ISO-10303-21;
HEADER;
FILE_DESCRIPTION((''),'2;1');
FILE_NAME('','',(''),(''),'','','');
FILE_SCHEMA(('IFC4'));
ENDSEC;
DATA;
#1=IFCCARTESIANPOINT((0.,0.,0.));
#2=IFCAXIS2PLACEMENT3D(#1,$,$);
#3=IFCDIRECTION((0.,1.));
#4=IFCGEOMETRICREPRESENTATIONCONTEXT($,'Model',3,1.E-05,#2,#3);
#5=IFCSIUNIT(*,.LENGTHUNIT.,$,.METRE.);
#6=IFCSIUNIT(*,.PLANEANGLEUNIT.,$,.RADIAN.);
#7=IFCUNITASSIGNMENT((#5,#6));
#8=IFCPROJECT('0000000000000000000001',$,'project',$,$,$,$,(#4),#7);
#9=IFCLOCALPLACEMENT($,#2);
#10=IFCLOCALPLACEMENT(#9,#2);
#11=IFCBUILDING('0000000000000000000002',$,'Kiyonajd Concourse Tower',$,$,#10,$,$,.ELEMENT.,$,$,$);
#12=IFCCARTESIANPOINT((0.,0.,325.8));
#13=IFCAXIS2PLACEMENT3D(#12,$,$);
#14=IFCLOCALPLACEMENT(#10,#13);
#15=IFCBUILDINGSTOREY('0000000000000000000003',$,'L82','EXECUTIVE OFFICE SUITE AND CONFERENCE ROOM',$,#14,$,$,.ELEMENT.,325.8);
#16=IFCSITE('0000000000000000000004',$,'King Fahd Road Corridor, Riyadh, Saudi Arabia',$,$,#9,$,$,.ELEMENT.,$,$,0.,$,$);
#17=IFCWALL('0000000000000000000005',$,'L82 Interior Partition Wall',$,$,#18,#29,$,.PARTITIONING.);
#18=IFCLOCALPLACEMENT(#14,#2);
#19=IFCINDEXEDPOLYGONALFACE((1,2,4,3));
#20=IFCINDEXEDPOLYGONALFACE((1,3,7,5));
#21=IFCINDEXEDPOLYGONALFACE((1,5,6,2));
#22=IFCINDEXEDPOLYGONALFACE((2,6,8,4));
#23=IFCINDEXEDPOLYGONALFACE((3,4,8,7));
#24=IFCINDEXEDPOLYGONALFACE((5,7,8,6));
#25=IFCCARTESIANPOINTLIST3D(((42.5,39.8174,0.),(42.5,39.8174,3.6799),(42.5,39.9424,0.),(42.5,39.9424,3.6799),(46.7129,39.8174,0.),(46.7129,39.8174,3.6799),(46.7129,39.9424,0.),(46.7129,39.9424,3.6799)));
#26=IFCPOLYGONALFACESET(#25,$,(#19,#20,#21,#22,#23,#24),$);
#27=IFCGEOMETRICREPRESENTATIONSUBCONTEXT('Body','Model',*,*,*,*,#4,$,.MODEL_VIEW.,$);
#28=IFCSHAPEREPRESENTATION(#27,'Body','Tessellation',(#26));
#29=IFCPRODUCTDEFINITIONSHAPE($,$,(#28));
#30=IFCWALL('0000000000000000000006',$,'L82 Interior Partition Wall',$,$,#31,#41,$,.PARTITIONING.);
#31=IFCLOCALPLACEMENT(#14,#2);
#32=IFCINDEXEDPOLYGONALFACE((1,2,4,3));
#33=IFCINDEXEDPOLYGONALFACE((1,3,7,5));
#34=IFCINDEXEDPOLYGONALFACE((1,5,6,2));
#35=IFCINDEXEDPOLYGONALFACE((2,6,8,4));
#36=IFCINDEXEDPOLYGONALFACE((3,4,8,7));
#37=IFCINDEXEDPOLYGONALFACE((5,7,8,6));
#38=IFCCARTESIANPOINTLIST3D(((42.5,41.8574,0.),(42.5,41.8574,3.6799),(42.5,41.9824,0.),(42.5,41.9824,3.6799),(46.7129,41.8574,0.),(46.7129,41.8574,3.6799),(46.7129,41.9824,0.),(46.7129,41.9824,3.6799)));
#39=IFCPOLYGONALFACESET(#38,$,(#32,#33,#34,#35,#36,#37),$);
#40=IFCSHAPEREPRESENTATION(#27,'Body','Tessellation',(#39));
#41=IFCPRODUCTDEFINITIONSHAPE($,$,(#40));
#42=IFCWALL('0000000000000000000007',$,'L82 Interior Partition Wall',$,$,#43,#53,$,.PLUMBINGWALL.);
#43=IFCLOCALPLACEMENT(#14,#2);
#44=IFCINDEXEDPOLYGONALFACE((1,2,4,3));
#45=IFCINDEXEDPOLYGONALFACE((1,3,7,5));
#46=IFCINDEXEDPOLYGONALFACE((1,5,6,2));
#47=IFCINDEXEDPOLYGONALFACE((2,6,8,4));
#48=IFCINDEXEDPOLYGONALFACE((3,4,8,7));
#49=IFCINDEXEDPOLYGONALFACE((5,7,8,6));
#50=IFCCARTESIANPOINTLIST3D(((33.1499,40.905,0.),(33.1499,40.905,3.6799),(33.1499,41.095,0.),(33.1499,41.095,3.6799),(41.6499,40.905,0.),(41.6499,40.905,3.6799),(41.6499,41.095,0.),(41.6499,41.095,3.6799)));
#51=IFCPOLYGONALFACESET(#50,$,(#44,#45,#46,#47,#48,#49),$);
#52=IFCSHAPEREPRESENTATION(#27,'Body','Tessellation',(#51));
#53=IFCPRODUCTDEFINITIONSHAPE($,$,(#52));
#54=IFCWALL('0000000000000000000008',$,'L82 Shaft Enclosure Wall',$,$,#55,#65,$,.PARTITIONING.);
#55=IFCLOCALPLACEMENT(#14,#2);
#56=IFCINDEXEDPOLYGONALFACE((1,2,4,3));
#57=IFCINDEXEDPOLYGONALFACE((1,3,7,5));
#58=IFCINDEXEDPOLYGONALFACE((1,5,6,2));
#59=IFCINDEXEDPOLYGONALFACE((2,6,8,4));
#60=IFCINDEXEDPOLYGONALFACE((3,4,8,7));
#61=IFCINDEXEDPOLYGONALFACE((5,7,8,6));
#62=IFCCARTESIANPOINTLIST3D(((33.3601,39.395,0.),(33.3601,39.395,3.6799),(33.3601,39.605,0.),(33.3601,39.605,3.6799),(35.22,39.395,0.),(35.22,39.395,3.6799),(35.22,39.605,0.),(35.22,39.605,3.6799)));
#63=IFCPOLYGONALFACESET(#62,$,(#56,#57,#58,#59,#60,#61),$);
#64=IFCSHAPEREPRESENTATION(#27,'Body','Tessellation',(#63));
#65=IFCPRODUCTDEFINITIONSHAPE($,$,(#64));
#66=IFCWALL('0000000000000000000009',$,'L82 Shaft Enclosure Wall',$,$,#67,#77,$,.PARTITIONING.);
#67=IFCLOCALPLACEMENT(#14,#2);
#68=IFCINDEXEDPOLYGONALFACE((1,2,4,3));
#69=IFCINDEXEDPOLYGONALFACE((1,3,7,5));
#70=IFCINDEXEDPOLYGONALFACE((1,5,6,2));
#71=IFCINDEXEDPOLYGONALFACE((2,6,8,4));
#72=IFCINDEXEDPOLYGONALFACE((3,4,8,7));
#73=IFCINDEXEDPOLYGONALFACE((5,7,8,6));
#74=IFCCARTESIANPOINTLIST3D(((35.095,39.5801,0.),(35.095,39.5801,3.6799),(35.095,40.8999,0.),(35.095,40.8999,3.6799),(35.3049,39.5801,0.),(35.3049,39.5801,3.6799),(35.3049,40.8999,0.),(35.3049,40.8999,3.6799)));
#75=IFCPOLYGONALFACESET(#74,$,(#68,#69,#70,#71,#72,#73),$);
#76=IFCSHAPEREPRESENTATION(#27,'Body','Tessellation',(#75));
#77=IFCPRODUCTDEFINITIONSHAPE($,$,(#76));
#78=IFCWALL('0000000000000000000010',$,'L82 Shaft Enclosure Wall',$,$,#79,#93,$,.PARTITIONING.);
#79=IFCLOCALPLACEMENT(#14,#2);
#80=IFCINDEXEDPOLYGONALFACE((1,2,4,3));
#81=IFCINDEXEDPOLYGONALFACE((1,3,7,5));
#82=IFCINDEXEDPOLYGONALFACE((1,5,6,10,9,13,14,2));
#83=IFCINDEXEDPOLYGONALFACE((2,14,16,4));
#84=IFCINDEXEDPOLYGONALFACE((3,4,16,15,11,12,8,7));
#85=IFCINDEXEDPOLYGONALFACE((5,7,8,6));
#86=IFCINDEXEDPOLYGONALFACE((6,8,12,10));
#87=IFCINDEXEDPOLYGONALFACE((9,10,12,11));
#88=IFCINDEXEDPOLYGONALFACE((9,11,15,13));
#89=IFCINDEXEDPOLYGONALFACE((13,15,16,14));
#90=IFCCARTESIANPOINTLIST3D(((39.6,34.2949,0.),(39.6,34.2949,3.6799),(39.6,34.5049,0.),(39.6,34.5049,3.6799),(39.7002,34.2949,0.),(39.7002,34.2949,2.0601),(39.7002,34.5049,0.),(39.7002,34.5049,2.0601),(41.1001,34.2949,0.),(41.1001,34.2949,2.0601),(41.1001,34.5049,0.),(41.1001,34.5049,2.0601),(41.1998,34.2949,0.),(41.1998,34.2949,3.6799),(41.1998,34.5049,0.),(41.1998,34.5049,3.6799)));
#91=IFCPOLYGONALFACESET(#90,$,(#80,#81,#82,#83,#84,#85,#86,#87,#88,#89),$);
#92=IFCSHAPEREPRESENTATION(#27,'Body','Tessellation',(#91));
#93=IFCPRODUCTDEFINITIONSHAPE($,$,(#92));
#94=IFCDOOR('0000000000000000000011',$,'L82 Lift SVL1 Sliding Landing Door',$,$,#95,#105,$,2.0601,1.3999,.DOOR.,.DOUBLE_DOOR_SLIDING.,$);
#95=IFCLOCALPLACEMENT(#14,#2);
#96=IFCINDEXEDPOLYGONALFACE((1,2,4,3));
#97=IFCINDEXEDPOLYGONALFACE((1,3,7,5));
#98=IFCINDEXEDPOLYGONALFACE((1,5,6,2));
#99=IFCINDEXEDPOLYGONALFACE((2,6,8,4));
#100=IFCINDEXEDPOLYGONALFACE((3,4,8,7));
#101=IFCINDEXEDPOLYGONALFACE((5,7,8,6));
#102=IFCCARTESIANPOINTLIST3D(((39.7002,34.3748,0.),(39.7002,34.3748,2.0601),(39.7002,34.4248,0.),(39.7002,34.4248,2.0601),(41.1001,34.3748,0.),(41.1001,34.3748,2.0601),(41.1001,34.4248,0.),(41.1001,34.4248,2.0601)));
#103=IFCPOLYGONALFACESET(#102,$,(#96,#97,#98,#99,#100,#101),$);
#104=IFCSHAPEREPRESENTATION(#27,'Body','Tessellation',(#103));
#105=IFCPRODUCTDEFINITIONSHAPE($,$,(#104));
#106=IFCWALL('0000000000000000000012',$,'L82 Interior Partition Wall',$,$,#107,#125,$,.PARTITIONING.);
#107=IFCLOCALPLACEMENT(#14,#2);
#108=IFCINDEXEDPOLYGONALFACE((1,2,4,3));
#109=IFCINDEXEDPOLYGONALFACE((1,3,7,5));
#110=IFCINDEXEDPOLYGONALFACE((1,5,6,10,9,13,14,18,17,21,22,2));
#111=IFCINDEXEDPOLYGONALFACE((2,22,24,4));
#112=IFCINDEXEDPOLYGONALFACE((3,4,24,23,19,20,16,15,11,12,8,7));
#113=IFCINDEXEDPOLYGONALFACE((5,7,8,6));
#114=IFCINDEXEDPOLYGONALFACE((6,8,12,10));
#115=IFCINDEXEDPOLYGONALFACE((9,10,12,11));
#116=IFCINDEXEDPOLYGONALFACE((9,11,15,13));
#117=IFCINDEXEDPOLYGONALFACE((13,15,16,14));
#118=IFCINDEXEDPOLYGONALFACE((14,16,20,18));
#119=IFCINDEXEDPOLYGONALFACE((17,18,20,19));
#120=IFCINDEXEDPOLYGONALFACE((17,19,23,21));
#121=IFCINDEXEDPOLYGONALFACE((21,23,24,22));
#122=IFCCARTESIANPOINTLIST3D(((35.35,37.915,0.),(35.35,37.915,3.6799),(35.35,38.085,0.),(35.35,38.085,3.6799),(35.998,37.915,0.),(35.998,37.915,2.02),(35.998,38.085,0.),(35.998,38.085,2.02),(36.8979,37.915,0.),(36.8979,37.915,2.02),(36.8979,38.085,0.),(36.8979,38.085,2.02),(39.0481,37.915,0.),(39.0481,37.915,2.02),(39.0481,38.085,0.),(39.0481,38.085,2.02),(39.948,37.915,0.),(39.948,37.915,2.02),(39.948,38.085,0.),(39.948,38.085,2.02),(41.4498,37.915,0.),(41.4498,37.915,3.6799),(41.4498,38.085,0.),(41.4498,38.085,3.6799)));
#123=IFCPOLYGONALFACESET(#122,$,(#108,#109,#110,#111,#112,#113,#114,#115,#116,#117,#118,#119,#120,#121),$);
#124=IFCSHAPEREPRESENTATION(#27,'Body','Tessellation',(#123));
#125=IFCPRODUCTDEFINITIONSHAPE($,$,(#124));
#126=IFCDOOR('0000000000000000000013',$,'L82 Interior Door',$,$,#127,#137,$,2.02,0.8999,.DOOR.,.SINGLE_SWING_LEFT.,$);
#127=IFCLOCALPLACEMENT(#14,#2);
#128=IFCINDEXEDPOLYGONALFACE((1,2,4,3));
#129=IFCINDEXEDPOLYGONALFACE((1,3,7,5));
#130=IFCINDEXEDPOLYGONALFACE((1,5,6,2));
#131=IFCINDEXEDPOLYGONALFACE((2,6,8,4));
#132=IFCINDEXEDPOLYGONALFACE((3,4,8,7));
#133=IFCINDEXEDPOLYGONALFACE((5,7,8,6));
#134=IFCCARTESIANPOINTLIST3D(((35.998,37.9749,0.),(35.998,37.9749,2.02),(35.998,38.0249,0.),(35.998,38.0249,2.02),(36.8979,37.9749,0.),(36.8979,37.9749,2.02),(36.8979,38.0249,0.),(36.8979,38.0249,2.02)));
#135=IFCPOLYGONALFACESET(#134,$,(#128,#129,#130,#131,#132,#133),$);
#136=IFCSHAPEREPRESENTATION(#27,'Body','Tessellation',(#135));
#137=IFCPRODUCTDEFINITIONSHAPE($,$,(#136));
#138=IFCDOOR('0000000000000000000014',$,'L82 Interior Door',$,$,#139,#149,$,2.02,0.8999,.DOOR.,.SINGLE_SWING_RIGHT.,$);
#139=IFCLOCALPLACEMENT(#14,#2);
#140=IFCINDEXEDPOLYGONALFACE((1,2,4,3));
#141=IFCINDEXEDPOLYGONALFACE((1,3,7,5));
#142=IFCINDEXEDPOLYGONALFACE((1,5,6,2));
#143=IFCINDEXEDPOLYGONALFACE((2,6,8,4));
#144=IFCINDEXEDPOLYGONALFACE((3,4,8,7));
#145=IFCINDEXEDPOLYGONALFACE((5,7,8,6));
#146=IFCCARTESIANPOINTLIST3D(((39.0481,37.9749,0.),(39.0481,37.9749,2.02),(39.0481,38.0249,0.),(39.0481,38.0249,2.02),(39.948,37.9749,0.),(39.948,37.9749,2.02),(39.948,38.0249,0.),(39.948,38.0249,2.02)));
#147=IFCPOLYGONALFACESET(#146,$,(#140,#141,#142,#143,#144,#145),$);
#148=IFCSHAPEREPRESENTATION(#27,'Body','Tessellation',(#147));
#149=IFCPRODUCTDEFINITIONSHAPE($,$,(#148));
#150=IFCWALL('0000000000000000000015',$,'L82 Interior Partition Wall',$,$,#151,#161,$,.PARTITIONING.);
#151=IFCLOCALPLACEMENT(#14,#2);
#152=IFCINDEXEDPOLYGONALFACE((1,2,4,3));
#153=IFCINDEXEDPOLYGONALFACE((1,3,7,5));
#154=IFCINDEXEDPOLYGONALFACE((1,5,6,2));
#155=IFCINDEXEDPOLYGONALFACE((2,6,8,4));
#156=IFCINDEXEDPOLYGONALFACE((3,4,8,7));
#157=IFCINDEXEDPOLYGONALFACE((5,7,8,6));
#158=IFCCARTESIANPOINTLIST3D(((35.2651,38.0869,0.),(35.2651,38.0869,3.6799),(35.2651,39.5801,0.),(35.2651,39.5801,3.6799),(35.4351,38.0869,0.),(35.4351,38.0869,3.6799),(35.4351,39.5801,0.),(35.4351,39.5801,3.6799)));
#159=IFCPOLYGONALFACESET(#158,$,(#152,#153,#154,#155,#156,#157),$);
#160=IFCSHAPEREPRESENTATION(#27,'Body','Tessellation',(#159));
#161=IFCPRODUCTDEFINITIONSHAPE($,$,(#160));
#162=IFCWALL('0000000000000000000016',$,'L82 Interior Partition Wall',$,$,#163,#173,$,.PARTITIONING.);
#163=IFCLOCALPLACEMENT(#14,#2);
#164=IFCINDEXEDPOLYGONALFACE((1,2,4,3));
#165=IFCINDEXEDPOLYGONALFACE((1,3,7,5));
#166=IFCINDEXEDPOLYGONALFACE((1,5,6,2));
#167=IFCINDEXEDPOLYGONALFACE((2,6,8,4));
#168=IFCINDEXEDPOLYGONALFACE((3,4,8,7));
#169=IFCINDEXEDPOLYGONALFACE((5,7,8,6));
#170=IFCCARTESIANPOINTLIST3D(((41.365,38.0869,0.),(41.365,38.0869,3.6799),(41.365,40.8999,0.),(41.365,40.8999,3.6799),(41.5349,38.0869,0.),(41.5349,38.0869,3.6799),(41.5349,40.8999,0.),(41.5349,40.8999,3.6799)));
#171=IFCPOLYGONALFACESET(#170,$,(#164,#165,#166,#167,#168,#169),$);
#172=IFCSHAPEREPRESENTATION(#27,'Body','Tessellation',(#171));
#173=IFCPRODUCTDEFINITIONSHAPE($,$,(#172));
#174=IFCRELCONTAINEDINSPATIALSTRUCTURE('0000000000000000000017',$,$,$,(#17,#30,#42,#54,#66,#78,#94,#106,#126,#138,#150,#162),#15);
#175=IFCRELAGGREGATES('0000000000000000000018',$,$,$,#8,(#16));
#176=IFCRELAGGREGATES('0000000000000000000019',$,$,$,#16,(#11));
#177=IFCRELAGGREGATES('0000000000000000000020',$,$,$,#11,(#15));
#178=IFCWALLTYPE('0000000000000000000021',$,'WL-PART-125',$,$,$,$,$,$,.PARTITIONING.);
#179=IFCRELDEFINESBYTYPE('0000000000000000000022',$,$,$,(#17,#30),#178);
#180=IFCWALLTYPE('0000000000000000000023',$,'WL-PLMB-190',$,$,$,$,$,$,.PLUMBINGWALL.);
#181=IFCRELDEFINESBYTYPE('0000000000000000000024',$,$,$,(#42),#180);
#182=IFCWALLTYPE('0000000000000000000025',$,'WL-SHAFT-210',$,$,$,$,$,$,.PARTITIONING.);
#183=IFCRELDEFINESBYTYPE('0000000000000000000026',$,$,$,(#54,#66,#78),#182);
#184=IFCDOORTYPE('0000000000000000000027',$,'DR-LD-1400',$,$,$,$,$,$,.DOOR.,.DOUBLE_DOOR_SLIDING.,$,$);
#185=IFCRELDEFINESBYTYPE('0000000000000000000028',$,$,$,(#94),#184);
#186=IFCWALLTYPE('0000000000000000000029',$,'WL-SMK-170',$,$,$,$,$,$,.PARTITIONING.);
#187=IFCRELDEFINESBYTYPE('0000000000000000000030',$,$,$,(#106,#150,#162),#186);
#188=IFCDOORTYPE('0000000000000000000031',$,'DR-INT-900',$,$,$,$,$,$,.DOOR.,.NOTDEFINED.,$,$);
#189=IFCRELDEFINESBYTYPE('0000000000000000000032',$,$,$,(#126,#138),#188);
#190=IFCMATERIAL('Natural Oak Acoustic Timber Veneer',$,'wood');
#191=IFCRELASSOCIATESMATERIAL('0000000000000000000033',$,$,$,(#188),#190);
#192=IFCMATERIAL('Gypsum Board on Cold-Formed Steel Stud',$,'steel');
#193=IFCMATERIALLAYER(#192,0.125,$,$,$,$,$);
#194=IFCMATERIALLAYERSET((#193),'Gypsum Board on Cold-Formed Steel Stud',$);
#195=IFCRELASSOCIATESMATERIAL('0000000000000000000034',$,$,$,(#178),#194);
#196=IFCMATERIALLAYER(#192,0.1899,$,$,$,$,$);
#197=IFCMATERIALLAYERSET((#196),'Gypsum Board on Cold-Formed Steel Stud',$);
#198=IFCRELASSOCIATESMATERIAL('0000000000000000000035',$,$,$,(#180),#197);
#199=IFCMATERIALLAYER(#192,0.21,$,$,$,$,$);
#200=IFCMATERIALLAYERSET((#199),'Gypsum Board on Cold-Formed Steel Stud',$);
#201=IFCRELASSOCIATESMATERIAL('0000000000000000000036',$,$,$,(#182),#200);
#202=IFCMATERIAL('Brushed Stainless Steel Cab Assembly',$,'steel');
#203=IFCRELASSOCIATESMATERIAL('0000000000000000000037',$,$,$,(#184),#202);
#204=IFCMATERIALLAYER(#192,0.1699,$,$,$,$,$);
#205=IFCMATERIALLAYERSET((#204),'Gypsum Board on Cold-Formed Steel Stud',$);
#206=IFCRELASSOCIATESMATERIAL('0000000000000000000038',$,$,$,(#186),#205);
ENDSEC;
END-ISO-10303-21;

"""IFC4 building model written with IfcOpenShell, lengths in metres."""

from ifc_helpers import new_model, si_unit, direction, frame, frame_2d, origin, place, context, subcontext, project, spatial, rectangle, extrude, material, layer, layer_set, type_object, element, fill, save


model = new_model("IFC4")

# Units and contexts
model_context = context("Model", 3, precision=1e-05, world=origin(), true_north=direction((0.0, 1.0)))
body_context = subcontext(model_context, "Body", "Model", "MODEL_VIEW")
ifc_project = project(units=[si_unit("LENGTHUNIT", "METRE"), si_unit("PLANEANGLEUNIT", "RADIAN")], contexts=[model_context])

# Site, building, storey
site_placement = place(None, origin())
site = spatial("IfcSite", under=ifc_project, at=site_placement, Name="King Fahd Road Corridor, Riyadh, Saudi Arabia", CompositionType="ELEMENT", RefElevation=0.0)
building_placement = place(site_placement, origin())
building = spatial("IfcBuilding", under=site, at=building_placement, Name="Kiyonajd Concourse Tower", CompositionType="ELEMENT")
storey_placement = place(building_placement, frame((0.0, 0.0, 325.8)))
storey = spatial("IfcBuildingStorey", under=building, at=storey_placement, Name="L82", Description="EXECUTIVE OFFICE SUITE AND CONFERENCE ROOM", CompositionType="ELEMENT", Elevation=325.8)

# Shared definitions
ifc_material_1 = material(Name="Natural Oak Acoustic Timber Veneer", Category="wood")
door_type_1 = type_object("IfcDoorType", Name="DR-INT-900", OperationType="NOTDEFINED", PredefinedType="DOOR", material=ifc_material_1)

# Walls
ifc_material_2 = material(Name="Gypsum Board on Cold-Formed Steel Stud", Category="steel")
ifc_layer_1 = layer(ifc_material_2, 0.125)
ifc_layer_set_1 = layer_set([ifc_layer_1], Name="Gypsum Board on Cold-Formed Steel Stud")
wall_type_1 = type_object("IfcWallType", Name="WL-PART-125", PredefinedType="PARTITIONING", material=ifc_layer_set_1)
for number, where, z_axis, x_axis, name in (
    (1, (42.5, 39.8799, 0.0), (0.0, 0.0, 1.0), (1.0, 0.0, 0.0), "L82 Interior Partition Wall"),
    (2, (42.5, 41.9199, 0.0), (0.0, 0.0, 1.0), (1.0, 0.0, 0.0), "L82 Interior Partition Wall"),
):
    element("IfcWall", number, at=place(storey_placement, frame(where, z_axis=z_axis, x_axis=x_axis)), inside=storey, type_object=wall_type_1, Name=name, PredefinedType="PARTITIONING", context=body_context, shape_type="SweptSolid", body=[
        extrude(rectangle(XDim=4.2129, YDim=0.125, at=frame_2d((2.1064, 0.0))), origin(), (0.0, 0.0, 1.0), 3.6799),
    ])
ifc_layer_2 = layer(ifc_material_2, 0.1899)
ifc_layer_set_2 = layer_set([ifc_layer_2], Name="Gypsum Board on Cold-Formed Steel Stud")
wall_type_2 = type_object("IfcWallType", Name="WL-PLMB-190", PredefinedType="PLUMBINGWALL", material=ifc_layer_set_2)
wall_1_placement = place(storey_placement, frame((33.1499, 41.0, 0.0), z_axis=(0.0, 0.0, 1.0), x_axis=(1.0, 0.0, 0.0)))
element("IfcWall", 3, at=wall_1_placement, inside=storey, type_object=wall_type_2, Name="L82 Interior Partition Wall", PredefinedType="PLUMBINGWALL", context=body_context, shape_type="SweptSolid", body=[
    extrude(rectangle(XDim=8.5, YDim=0.1899, at=frame_2d((4.25, 0.0))), origin(), (0.0, 0.0, 1.0), 3.6799),
])
ifc_layer_3 = layer(ifc_material_2, 0.21)
ifc_layer_set_3 = layer_set([ifc_layer_3], Name="Gypsum Board on Cold-Formed Steel Stud")
wall_type_3 = type_object("IfcWallType", Name="WL-SHAFT-210", PredefinedType="PARTITIONING", material=ifc_layer_set_3)
wall_2_placement = place(storey_placement, frame((33.3601, 39.5, 0.0), z_axis=(0.0, 0.0, 1.0), x_axis=(1.0, 0.0, 0.0)))
element("IfcWall", 4, at=wall_2_placement, inside=storey, type_object=wall_type_3, Name="L82 Shaft Enclosure Wall", PredefinedType="PARTITIONING", context=body_context, shape_type="SweptSolid", body=[
    extrude(rectangle(XDim=1.8599, YDim=0.21, at=frame_2d((0.9299, 0.0))), origin(), (0.0, 0.0, 1.0), 3.6799),
])
wall_3_placement = place(storey_placement, frame((35.2, 39.5801, 0.0), z_axis=(0.0, 0.0, 1.0), x_axis=(0.0, 1.0, 0.0)))
element("IfcWall", 5, at=wall_3_placement, inside=storey, type_object=wall_type_3, Name="L82 Shaft Enclosure Wall", PredefinedType="PARTITIONING", context=body_context, shape_type="SweptSolid", body=[
    extrude(rectangle(XDim=1.3198, YDim=0.21, at=frame_2d((0.6599, 0.0))), origin(), (0.0, 0.0, 1.0), 3.6799),
])

# Wall, opening, door
wall_4_placement = place(storey_placement, frame((39.6001, 34.3999, 0.0), z_axis=(0.0, 0.0, 1.0), x_axis=(1.0, 0.0, 0.0)))
wall_4 = element("IfcWall", 6, at=wall_4_placement, inside=storey, type_object=wall_type_3, Name="L82 Shaft Enclosure Wall", PredefinedType="PARTITIONING", context=body_context, shape_type="SweptSolid", body=[
    extrude(rectangle(XDim=1.5999, YDim=0.21, at=frame_2d((0.7998, 0.0))), origin(), (0.0, 0.0, 1.0), 3.6799),
])
opening_1_placement = place(wall_4_placement, frame((0.1001, 0.0, 0.0)))
opening_1 = element("IfcOpeningElement", 7, at=opening_1_placement, cuts=wall_4, PredefinedType="OPENING", context=body_context, shape_type="SweptSolid", body=[
    extrude(rectangle(XDim=1.3999, YDim=2.0601, at=frame_2d((0.7, 1.03))), frame((0.0, 0.115, 0.0), z_axis=(0.0, -1.0, 0.0), x_axis=(1.0, 0.0, 0.0)), (0.0, 0.0, 1.0), 0.23),
])
ifc_material_3 = material(Name="Brushed Stainless Steel Cab Assembly", Category="steel")
door_type_2 = type_object("IfcDoorType", Name="DR-LD-1400", OperationType="DOUBLE_DOOR_SLIDING", PredefinedType="DOOR", material=ifc_material_3)
door_1_placement = place(opening_1_placement, origin())
door_1 = element("IfcDoor", 8, at=door_1_placement, inside=storey, type_object=door_type_2, Name="L82 Lift SVL1 Sliding Landing Door", OperationType="DOUBLE_DOOR_SLIDING", OverallHeight=2.0601, OverallWidth=1.3999, PredefinedType="DOOR", context=body_context, shape_type="SweptSolid", body=[
    extrude(rectangle(XDim=1.3999, YDim=2.0601, at=frame_2d((0.7, 1.03))), frame((0.0, 0.0249, 0.0), z_axis=(0.0, -1.0, 0.0), x_axis=(1.0, 0.0, 0.0)), (0.0, 0.0, 1.0), 0.05),
])
fill(opening_1, door_1)

# Wall, openings, doors
ifc_layer_4 = layer(ifc_material_2, 0.1699)
ifc_layer_set_4 = layer_set([ifc_layer_4], Name="Gypsum Board on Cold-Formed Steel Stud")
wall_type_4 = type_object("IfcWallType", Name="WL-SMK-170", PredefinedType="PARTITIONING", material=ifc_layer_set_4)
wall_5_placement = place(storey_placement, frame((35.3501, 38.0, 0.0), z_axis=(0.0, 0.0, 1.0), x_axis=(1.0, 0.0, 0.0)))
wall_5 = element("IfcWall", 9, at=wall_5_placement, inside=storey, type_object=wall_type_4, Name="L82 Interior Partition Wall", PredefinedType="PARTITIONING", context=body_context, shape_type="SweptSolid", body=[
    extrude(rectangle(XDim=6.0999, YDim=0.1699, at=frame_2d((3.0498, 0.0))), origin(), (0.0, 0.0, 1.0), 3.6799),
])
opening_2_placement = place(wall_5_placement, frame((0.6479, 0.0, 0.0)))
opening_2 = element("IfcOpeningElement", 10, at=opening_2_placement, cuts=wall_5, PredefinedType="OPENING", context=body_context, shape_type="SweptSolid", body=[
    extrude(rectangle(XDim=0.8999, YDim=2.02, at=frame_2d((0.45, 1.01))), frame((0.0, 0.095, 0.0), z_axis=(0.0, -1.0, 0.0), x_axis=(1.0, 0.0, 0.0)), (0.0, 0.0, 1.0), 0.1899),
])
opening_3_placement = place(wall_5_placement, frame((3.698, 0.0, 0.0)))
opening_3 = element("IfcOpeningElement", 11, at=opening_3_placement, cuts=wall_5, PredefinedType="OPENING", context=body_context, shape_type="SweptSolid", body=[
    extrude(rectangle(XDim=0.8999, YDim=2.02, at=frame_2d((0.45, 1.01))), frame((0.0, 0.095, 0.0), z_axis=(0.0, -1.0, 0.0), x_axis=(1.0, 0.0, 0.0)), (0.0, 0.0, 1.0), 0.1899),
])
door_2_placement = place(opening_2_placement, origin())
door_2 = element("IfcDoor", 12, at=door_2_placement, inside=storey, type_object=door_type_1, Name="L82 Interior Door", OperationType="SINGLE_SWING_LEFT", OverallHeight=2.02, OverallWidth=0.8999, PredefinedType="DOOR", context=body_context, shape_type="SweptSolid", body=[
    extrude(rectangle(XDim=0.8999, YDim=2.02, at=frame_2d((0.45, 1.01))), frame((0.0, 0.0249, 0.0), z_axis=(0.0, -1.0, 0.0), x_axis=(1.0, 0.0, 0.0)), (0.0, 0.0, 1.0), 0.05),
])
fill(opening_2, door_2)
door_3_placement = place(opening_3_placement, origin())
door_3 = element("IfcDoor", 13, at=door_3_placement, inside=storey, type_object=door_type_1, Name="L82 Interior Door", OperationType="SINGLE_SWING_RIGHT", OverallHeight=2.02, OverallWidth=0.8999, PredefinedType="DOOR", context=body_context, shape_type="SweptSolid", body=[
    extrude(rectangle(XDim=0.8999, YDim=2.02, at=frame_2d((0.45, 1.01))), frame((0.0, 0.0249, 0.0), z_axis=(0.0, -1.0, 0.0), x_axis=(1.0, 0.0, 0.0)), (0.0, 0.0, 1.0), 0.05),
])
fill(opening_3, door_3)

# Walls
wall_6_placement = place(storey_placement, frame((35.3501, 38.0869, 0.0), z_axis=(0.0, 0.0, 1.0), x_axis=(0.0, 1.0, 0.0)))
element("IfcWall", 14, at=wall_6_placement, inside=storey, type_object=wall_type_4, Name="L82 Interior Partition Wall", PredefinedType="PARTITIONING", context=body_context, shape_type="SweptSolid", body=[
    extrude(rectangle(XDim=1.4932, YDim=0.1699, at=frame_2d((0.7466, 0.0))), origin(), (0.0, 0.0, 1.0), 3.6799),
])
wall_7_placement = place(storey_placement, frame((41.45, 38.0869, 0.0), z_axis=(0.0, 0.0, 1.0), x_axis=(0.0, 1.0, 0.0)))
element("IfcWall", 15, at=wall_7_placement, inside=storey, type_object=wall_type_4, Name="L82 Interior Partition Wall", PredefinedType="PARTITIONING", context=body_context, shape_type="SweptSolid", body=[
    extrude(rectangle(XDim=2.813, YDim=0.1699, at=frame_2d((1.4065, 0.0))), origin(), (0.0, 0.0, 1.0), 3.6799),
])

save(model, "model.ifc")
